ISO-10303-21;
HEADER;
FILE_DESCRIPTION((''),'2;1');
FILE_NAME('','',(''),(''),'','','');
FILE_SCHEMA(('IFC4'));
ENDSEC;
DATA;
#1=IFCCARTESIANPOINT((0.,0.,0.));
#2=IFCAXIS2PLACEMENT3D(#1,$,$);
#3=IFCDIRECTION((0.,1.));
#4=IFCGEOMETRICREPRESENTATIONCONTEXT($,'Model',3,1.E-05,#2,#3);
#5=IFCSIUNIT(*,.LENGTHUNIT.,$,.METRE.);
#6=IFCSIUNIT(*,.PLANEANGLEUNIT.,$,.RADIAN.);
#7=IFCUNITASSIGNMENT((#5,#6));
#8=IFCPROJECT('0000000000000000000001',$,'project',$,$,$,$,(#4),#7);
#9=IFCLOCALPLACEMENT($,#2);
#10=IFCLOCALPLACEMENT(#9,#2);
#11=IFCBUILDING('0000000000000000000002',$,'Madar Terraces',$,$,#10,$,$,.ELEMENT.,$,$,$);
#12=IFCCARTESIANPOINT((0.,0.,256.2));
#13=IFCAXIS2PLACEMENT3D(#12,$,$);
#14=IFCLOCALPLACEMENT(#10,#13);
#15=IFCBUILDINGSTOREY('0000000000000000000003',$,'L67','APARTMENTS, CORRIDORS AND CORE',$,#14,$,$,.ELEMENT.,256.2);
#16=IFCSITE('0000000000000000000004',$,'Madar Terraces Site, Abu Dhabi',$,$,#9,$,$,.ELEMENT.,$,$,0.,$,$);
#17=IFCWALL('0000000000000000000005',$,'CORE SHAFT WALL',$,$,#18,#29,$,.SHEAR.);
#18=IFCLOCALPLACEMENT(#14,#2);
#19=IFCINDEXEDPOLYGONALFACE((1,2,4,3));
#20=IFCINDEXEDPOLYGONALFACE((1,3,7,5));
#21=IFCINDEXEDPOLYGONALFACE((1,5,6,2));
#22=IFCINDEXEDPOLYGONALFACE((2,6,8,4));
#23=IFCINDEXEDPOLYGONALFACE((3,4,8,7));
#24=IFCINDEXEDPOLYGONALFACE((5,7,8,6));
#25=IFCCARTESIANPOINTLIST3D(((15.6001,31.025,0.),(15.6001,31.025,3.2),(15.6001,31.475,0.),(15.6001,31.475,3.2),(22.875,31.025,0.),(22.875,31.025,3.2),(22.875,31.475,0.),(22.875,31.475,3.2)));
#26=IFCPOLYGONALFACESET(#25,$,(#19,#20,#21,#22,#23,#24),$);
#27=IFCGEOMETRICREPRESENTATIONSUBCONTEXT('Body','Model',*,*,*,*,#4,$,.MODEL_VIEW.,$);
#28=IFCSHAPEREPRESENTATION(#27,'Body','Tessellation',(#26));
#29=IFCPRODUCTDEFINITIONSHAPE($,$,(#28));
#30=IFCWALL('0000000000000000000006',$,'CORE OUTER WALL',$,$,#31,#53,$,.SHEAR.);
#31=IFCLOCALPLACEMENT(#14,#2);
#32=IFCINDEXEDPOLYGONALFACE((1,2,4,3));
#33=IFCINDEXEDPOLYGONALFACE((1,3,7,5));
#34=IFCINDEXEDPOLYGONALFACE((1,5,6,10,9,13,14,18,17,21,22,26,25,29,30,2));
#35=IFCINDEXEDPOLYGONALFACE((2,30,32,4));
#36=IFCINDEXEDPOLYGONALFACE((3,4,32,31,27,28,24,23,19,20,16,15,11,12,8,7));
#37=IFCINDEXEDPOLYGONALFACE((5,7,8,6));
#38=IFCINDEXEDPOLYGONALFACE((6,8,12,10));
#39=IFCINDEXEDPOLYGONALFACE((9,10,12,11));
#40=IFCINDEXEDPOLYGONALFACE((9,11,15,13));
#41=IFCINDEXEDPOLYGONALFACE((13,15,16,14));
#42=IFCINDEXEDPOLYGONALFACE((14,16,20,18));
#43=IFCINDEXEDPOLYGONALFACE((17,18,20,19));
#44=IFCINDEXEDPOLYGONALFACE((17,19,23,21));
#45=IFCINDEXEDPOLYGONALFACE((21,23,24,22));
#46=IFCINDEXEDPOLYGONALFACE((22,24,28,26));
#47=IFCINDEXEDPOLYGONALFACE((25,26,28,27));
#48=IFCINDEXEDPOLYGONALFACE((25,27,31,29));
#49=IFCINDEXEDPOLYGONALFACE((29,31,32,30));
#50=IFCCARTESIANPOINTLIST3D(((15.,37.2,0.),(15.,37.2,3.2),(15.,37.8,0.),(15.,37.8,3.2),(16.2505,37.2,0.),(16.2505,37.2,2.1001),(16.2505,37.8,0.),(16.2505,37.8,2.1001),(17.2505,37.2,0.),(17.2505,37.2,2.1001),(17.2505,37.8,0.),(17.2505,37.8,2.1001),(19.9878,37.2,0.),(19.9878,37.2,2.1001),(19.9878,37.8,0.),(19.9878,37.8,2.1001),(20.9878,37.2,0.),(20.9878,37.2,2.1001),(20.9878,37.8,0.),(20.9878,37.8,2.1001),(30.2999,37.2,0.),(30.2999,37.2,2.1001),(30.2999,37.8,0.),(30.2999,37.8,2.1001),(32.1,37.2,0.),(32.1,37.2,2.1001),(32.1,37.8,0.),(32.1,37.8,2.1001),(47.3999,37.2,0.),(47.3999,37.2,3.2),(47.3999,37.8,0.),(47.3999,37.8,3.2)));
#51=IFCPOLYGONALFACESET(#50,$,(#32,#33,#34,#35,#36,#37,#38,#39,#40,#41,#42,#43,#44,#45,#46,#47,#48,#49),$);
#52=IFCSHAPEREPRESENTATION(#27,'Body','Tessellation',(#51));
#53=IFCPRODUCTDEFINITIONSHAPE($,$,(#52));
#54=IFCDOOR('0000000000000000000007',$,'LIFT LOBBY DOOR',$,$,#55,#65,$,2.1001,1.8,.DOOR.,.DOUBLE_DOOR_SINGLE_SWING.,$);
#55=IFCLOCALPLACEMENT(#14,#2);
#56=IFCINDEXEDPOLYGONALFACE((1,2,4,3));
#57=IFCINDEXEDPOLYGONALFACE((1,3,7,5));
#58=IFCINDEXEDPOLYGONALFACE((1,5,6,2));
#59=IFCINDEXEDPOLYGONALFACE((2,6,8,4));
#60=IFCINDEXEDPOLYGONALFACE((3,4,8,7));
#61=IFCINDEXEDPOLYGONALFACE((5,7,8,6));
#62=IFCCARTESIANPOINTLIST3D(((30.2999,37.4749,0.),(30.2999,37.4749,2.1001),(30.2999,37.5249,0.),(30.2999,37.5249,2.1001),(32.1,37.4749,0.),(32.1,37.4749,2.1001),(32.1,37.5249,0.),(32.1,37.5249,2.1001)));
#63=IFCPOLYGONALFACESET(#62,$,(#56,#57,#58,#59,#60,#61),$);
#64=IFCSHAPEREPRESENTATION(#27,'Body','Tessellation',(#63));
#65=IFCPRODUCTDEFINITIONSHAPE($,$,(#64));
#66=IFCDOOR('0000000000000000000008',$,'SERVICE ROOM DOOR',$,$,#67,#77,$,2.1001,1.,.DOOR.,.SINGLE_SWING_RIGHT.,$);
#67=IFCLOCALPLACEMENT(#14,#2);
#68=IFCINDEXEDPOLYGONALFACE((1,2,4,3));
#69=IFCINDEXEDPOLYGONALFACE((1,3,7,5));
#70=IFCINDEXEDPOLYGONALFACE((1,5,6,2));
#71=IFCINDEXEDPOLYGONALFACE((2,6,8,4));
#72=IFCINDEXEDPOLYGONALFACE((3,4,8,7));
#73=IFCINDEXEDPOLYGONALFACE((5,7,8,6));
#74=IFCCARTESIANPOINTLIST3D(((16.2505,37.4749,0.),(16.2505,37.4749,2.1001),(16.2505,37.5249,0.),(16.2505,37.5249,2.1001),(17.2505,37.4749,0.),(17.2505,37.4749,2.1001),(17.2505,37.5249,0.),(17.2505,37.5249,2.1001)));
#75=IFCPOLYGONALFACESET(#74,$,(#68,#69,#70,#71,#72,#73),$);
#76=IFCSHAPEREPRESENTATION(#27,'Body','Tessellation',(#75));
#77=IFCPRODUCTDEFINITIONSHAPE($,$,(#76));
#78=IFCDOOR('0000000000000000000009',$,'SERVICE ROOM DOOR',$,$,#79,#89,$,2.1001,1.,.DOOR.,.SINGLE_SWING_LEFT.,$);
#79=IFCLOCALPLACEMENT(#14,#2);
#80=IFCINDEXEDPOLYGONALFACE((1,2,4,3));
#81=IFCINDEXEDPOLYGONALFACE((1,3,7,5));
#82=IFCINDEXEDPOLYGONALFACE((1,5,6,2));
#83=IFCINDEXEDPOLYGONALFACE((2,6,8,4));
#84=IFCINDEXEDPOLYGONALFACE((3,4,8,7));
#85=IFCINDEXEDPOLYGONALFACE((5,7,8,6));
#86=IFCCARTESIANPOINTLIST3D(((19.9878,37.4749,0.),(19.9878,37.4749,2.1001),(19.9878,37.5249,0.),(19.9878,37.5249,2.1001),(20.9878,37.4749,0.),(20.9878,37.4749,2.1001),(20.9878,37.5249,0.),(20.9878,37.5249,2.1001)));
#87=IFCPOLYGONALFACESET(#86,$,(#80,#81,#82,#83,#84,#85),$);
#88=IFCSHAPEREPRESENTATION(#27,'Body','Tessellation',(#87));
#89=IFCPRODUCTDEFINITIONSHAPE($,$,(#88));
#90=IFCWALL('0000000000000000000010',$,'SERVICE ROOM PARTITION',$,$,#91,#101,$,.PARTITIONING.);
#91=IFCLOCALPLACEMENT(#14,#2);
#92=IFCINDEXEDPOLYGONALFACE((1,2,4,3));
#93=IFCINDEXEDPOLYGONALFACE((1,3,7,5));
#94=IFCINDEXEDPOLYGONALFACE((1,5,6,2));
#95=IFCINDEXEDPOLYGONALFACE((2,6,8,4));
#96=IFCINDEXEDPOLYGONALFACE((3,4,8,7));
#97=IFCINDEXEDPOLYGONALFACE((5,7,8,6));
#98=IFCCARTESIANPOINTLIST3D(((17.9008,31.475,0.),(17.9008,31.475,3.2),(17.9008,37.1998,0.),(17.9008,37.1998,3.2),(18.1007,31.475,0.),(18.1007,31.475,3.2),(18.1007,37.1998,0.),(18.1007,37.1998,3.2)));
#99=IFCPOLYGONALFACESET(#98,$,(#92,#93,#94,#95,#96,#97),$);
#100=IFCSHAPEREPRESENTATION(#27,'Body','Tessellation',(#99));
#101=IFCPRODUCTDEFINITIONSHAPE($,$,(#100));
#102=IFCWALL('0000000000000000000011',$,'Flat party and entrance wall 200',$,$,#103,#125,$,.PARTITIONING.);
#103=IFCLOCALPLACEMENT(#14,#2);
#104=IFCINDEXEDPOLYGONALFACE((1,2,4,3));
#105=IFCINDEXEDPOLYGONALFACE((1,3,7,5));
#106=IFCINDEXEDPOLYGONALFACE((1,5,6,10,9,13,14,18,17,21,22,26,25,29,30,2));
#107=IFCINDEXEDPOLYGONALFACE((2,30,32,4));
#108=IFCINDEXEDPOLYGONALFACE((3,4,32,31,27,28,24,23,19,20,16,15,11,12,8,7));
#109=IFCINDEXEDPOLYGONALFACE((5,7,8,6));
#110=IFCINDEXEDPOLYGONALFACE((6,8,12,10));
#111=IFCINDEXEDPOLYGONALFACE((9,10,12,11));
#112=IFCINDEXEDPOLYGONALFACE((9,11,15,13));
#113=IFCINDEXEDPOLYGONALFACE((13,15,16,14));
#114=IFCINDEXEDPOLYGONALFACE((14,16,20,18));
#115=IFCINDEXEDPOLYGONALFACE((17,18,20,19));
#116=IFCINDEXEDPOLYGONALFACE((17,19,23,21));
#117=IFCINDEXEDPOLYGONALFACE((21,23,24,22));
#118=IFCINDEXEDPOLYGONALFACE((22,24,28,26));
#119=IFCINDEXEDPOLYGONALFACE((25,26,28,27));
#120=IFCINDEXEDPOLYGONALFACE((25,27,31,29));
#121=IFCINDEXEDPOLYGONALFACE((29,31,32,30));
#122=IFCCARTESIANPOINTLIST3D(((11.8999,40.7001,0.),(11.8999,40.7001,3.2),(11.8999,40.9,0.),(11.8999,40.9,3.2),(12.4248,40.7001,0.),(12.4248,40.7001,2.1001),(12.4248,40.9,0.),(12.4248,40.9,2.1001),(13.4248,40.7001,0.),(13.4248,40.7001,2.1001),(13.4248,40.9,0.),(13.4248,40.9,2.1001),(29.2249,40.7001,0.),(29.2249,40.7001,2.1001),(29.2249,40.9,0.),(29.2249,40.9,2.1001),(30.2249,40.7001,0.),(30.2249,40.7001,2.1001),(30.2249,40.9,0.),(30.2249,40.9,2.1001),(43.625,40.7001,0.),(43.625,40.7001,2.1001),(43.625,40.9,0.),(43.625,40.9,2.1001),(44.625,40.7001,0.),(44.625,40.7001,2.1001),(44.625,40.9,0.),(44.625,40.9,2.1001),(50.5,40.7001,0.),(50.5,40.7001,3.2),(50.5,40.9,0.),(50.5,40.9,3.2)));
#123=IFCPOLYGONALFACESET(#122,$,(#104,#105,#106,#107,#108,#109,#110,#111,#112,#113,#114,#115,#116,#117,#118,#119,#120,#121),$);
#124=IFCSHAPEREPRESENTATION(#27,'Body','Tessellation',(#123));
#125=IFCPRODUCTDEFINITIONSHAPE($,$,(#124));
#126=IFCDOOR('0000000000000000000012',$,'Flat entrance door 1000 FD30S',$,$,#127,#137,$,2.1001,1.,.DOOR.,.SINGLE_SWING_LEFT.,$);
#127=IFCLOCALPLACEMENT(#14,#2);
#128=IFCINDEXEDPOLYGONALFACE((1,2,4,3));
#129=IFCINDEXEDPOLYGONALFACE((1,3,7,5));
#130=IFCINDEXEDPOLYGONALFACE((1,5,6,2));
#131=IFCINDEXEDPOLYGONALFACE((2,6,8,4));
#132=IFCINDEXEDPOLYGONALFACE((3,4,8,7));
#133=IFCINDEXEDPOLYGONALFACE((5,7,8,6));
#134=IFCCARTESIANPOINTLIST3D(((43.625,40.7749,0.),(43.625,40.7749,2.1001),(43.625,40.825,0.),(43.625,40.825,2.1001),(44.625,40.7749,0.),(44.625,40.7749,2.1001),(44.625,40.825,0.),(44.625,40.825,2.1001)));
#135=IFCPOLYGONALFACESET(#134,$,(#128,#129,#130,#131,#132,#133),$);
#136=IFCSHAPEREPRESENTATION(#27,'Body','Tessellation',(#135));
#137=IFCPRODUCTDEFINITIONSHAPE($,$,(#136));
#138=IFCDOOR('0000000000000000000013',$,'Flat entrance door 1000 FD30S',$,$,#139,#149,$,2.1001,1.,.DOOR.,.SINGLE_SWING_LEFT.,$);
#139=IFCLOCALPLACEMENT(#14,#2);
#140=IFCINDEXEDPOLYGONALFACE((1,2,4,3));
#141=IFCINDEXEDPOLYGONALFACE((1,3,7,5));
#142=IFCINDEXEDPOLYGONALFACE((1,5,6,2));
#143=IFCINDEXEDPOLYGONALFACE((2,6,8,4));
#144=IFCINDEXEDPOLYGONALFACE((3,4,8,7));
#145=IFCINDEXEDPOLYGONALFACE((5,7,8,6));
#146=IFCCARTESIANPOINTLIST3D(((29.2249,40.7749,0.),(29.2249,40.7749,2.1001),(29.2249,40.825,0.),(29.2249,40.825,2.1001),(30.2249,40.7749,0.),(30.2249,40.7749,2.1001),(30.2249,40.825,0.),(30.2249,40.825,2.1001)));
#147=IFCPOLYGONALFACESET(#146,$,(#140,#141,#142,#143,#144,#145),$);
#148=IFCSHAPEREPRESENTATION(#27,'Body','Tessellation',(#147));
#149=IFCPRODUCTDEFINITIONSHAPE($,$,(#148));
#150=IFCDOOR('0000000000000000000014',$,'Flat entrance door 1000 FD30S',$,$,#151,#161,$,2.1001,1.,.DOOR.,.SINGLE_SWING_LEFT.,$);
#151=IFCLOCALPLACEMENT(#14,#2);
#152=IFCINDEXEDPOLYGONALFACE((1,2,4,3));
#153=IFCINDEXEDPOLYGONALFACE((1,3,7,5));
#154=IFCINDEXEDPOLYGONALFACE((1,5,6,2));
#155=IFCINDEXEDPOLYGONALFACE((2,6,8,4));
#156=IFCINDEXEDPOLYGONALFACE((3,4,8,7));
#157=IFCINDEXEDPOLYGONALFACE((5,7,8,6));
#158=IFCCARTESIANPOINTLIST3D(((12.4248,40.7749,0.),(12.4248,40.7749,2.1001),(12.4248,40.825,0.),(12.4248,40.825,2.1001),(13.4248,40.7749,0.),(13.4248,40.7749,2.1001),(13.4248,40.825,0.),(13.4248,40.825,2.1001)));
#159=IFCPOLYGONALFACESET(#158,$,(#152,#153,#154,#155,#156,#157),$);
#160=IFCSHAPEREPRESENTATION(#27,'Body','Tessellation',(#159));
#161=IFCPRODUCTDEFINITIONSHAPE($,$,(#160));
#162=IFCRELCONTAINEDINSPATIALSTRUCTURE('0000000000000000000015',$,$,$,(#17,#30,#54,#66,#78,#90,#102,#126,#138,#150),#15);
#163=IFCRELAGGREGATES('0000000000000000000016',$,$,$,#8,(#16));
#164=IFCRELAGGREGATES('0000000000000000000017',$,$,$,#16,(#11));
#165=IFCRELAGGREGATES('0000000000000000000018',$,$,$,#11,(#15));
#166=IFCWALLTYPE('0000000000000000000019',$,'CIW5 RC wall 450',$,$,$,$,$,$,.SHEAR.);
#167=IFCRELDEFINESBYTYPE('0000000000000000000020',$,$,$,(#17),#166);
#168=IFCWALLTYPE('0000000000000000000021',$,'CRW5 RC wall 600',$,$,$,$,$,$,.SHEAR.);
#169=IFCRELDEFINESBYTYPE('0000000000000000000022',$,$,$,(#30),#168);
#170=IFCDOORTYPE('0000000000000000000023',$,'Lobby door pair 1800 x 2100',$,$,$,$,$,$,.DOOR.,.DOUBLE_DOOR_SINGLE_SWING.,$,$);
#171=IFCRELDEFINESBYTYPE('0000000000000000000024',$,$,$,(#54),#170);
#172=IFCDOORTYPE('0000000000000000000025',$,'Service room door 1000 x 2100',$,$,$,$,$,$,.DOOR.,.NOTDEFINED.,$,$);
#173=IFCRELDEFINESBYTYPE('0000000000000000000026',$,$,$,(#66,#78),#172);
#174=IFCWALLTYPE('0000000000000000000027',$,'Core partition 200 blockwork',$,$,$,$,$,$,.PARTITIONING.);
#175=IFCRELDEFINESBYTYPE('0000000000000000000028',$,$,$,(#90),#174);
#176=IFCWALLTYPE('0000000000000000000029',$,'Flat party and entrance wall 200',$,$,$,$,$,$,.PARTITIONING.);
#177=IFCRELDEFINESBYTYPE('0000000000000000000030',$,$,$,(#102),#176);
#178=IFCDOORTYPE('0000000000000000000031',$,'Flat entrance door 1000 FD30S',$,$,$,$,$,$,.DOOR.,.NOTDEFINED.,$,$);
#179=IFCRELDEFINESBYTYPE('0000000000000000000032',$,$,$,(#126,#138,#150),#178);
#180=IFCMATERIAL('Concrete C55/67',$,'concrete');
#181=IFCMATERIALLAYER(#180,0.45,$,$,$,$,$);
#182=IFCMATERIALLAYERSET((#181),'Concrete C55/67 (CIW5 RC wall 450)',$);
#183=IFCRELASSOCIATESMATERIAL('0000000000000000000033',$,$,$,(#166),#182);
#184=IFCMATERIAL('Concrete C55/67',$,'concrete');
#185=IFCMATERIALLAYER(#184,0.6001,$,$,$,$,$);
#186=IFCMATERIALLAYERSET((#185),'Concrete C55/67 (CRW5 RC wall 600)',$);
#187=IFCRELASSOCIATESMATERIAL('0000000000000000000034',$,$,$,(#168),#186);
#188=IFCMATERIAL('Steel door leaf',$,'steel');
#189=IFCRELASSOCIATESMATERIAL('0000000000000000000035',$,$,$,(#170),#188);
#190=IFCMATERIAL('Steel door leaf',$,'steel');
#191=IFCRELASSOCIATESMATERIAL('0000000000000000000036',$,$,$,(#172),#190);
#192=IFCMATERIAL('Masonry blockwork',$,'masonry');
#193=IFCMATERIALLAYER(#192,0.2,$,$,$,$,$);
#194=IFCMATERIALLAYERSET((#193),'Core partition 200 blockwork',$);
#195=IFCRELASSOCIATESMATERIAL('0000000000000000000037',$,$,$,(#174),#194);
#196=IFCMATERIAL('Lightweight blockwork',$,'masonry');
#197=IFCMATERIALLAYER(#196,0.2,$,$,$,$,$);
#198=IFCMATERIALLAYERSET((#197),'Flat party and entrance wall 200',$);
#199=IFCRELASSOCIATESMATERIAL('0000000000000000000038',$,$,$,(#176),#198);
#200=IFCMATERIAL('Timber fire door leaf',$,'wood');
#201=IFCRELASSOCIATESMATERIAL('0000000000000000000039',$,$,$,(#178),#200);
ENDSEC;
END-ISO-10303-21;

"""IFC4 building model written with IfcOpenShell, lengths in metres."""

from ifc_helpers import new_model, si_unit, direction, frame, frame_2d, origin, place, context, subcontext, project, spatial, rectangle, extrude, material, layer, layer_set, type_object, element, fill, save


model = new_model("IFC4")

# Units and contexts
model_context = context("Model", 3, precision=1e-05, world=origin(), true_north=direction((0.0, 1.0)))
body_context = subcontext(model_context, "Body", "Model", "MODEL_VIEW")
ifc_project = project(units=[si_unit("LENGTHUNIT", "METRE"), si_unit("PLANEANGLEUNIT", "RADIAN")], contexts=[model_context])

# Site, building, storey
site_placement = place(None, origin())
site = spatial("IfcSite", under=ifc_project, at=site_placement, Name="Madar Terraces Site, Abu Dhabi", CompositionType="ELEMENT", RefElevation=0.0)
building_placement = place(site_placement, origin())
building = spatial("IfcBuilding", under=site, at=building_placement, Name="Madar Terraces", CompositionType="ELEMENT")
storey_placement = place(building_placement, frame((0.0, 0.0, 256.2)))
storey = spatial("IfcBuildingStorey", under=building, at=storey_placement, Name="L67", Description="APARTMENTS, CORRIDORS AND CORE", CompositionType="ELEMENT", Elevation=256.2)

# Wall
ifc_material_1 = material(Name="Concrete C55/67", Category="concrete")
ifc_layer_1 = layer(ifc_material_1, 0.45)
ifc_layer_set_1 = layer_set([ifc_layer_1], Name="Concrete C55/67 (CIW5 RC wall 450)")
wall_type_1 = type_object("IfcWallType", Name="CIW5 RC wall 450", PredefinedType="SHEAR", material=ifc_layer_set_1)
wall_1_placement = place(storey_placement, frame((15.6001, 31.25, 0.0), z_axis=(0.0, 0.0, 1.0), x_axis=(1.0, 0.0, 0.0)))
element("IfcWall", 1, at=wall_1_placement, inside=storey, type_object=wall_type_1, Name="CORE SHAFT WALL", PredefinedType="SHEAR", context=body_context, shape_type="SweptSolid", body=[
    extrude(rectangle(XDim=7.2749, YDim=0.45, at=frame_2d((3.6375, 0.0))), origin(), (0.0, 0.0, 1.0), 3.2),
])

# Wall, openings, doors
ifc_material_2 = material(Name="Concrete C55/67", Category="concrete")
ifc_layer_2 = layer(ifc_material_2, 0.6001)
ifc_layer_set_2 = layer_set([ifc_layer_2], Name="Concrete C55/67 (CRW5 RC wall 600)")
wall_type_2 = type_object("IfcWallType", Name="CRW5 RC wall 600", PredefinedType="SHEAR", material=ifc_layer_set_2)
wall_2_placement = place(storey_placement, frame((15.0, 37.5, 0.0), z_axis=(0.0, 0.0, 1.0), x_axis=(1.0, 0.0, 0.0)))
wall_2 = element("IfcWall", 2, at=wall_2_placement, inside=storey, type_object=wall_type_2, Name="CORE OUTER WALL", PredefinedType="SHEAR", context=body_context, shape_type="SweptSolid", body=[
    extrude(rectangle(XDim=32.3999, YDim=0.6001, at=frame_2d((16.2, 0.0))), origin(), (0.0, 0.0, 1.0), 3.2),
])
opening_1_placement = place(wall_2_placement, frame((15.3, 0.0, 0.0)))
opening_1 = element("IfcOpeningElement", 3, at=opening_1_placement, cuts=wall_2, PredefinedType="OPENING", context=body_context, shape_type="SweptSolid", body=[
    extrude(rectangle(XDim=1.8, YDim=2.1001, at=frame_2d((0.8999, 1.05))), frame((0.0, 0.3101, 0.0), z_axis=(0.0, -1.0, 0.0), x_axis=(1.0, 0.0, 0.0)), (0.0, 0.0, 1.0), 0.6201),
])
opening_2_placement = place(wall_2_placement, frame((1.2505, 0.0, 0.0)))
opening_2 = element("IfcOpeningElement", 4, at=opening_2_placement, cuts=wall_2, PredefinedType="OPENING", context=body_context, shape_type="SweptSolid", body=[
    extrude(rectangle(XDim=1.0, YDim=2.1001, at=frame_2d((0.5, 1.05))), frame((0.0, 0.3101, 0.0), z_axis=(0.0, -1.0, 0.0), x_axis=(1.0, 0.0, 0.0)), (0.0, 0.0, 1.0), 0.6201),
])
opening_3_placement = place(wall_2_placement, frame((4.9878, 0.0, 0.0)))
opening_3 = element("IfcOpeningElement", 5, at=opening_3_placement, cuts=wall_2, PredefinedType="OPENING", context=body_context, shape_type="SweptSolid", body=[
    extrude(rectangle(XDim=1.0, YDim=2.1001, at=frame_2d((0.5, 1.05))), frame((0.0, 0.3101, 0.0), z_axis=(0.0, -1.0, 0.0), x_axis=(1.0, 0.0, 0.0)), (0.0, 0.0, 1.0), 0.6201),
])
ifc_material_3 = material(Name="Steel door leaf", Category="steel")
door_type_1 = type_object("IfcDoorType", Name="Lobby door pair 1800 x 2100", OperationType="DOUBLE_DOOR_SINGLE_SWING", PredefinedType="DOOR", material=ifc_material_3)
door_1_placement = place(opening_1_placement, origin())
door_1 = element("IfcDoor", 6, at=door_1_placement, inside=storey, type_object=door_type_1, Name="LIFT LOBBY DOOR", OperationType="DOUBLE_DOOR_SINGLE_SWING", OverallHeight=2.1001, OverallWidth=1.8, PredefinedType="DOOR", context=body_context, shape_type="SweptSolid", body=[
    extrude(rectangle(XDim=1.8, YDim=2.1001, at=frame_2d((0.8999, 1.05))), frame((0.0, 0.0249, 0.0), z_axis=(0.0, -1.0, 0.0), x_axis=(1.0, 0.0, 0.0)), (0.0, 0.0, 1.0), 0.05),
])
fill(opening_1, door_1)
ifc_material_4 = material(Name="Steel door leaf", Category="steel")
door_type_2 = type_object("IfcDoorType", Name="Service room door 1000 x 2100", OperationType="NOTDEFINED", PredefinedType="DOOR", material=ifc_material_4)
door_2_placement = place(opening_2_placement, origin())
door_2 = element("IfcDoor", 7, at=door_2_placement, inside=storey, type_object=door_type_2, Name="SERVICE ROOM DOOR", OperationType="SINGLE_SWING_RIGHT", OverallHeight=2.1001, OverallWidth=1.0, PredefinedType="DOOR", context=body_context, shape_type="SweptSolid", body=[
    extrude(rectangle(XDim=1.0, YDim=2.1001, at=frame_2d((0.5, 1.05))), frame((0.0, 0.0249, 0.0), z_axis=(0.0, -1.0, 0.0), x_axis=(1.0, 0.0, 0.0)), (0.0, 0.0, 1.0), 0.05),
])
fill(opening_2, door_2)
door_3_placement = place(opening_3_placement, origin())
door_3 = element("IfcDoor", 8, at=door_3_placement, inside=storey, type_object=door_type_2, Name="SERVICE ROOM DOOR", OperationType="SINGLE_SWING_LEFT", OverallHeight=2.1001, OverallWidth=1.0, PredefinedType="DOOR", context=body_context, shape_type="SweptSolid", body=[
    extrude(rectangle(XDim=1.0, YDim=2.1001, at=frame_2d((0.5, 1.05))), frame((0.0, 0.0249, 0.0), z_axis=(0.0, -1.0, 0.0), x_axis=(1.0, 0.0, 0.0)), (0.0, 0.0, 1.0), 0.05),
])
fill(opening_3, door_3)

# Wall
ifc_material_5 = material(Name="Masonry blockwork", Category="masonry")
ifc_layer_3 = layer(ifc_material_5, 0.2)
ifc_layer_set_3 = layer_set([ifc_layer_3], Name="Core partition 200 blockwork")
wall_type_3 = type_object("IfcWallType", Name="Core partition 200 blockwork", PredefinedType="PARTITIONING", material=ifc_layer_set_3)
wall_3_placement = place(storey_placement, frame((18.0007, 31.4751, 0.0), z_axis=(0.0, 0.0, 1.0), x_axis=(0.0, 1.0, 0.0)))
element("IfcWall", 9, at=wall_3_placement, inside=storey, type_object=wall_type_3, Name="SERVICE ROOM PARTITION", PredefinedType="PARTITIONING", context=body_context, shape_type="SweptSolid", body=[
    extrude(rectangle(XDim=5.7249, YDim=0.2, at=frame_2d((2.8623, 0.0))), origin(), (0.0, 0.0, 1.0), 3.2),
])

# Wall, openings, doors
ifc_material_6 = material(Name="Lightweight blockwork", Category="masonry")
ifc_layer_4 = layer(ifc_material_6, 0.2)
ifc_layer_set_4 = layer_set([ifc_layer_4], Name="Flat party and entrance wall 200")
wall_type_4 = type_object("IfcWallType", Name="Flat party and entrance wall 200", PredefinedType="PARTITIONING", material=ifc_layer_set_4)
wall_4_placement = place(storey_placement, frame((11.8999, 40.8, 0.0), z_axis=(0.0, 0.0, 1.0), x_axis=(1.0, 0.0, 0.0)))
wall_4 = element("IfcWall", 10, at=wall_4_placement, inside=storey, type_object=wall_type_4, Name="Flat party and entrance wall 200", PredefinedType="PARTITIONING", context=body_context, shape_type="SweptSolid", body=[
    extrude(rectangle(XDim=38.6001, YDim=0.2, at=frame_2d((19.3, 0.0))), origin(), (0.0, 0.0, 1.0), 3.2),
])
opening_4_placement = place(wall_4_placement, frame((31.7251, 0.0, 0.0)))
opening_4 = element("IfcOpeningElement", 11, at=opening_4_placement, cuts=wall_4, PredefinedType="OPENING", context=body_context, shape_type="SweptSolid", body=[
    extrude(rectangle(XDim=1.0, YDim=2.1001, at=frame_2d((0.5, 1.05))), frame((0.0, 0.1099, 0.0), z_axis=(0.0, -1.0, 0.0), x_axis=(1.0, 0.0, 0.0)), (0.0, 0.0, 1.0), 0.22),
])
opening_5_placement = place(wall_4_placement, frame((17.325, 0.0, 0.0)))
opening_5 = element("IfcOpeningElement", 12, at=opening_5_placement, cuts=wall_4, PredefinedType="OPENING", context=body_context, shape_type="SweptSolid", body=[
    extrude(rectangle(XDim=1.0, YDim=2.1001, at=frame_2d((0.5, 1.05))), frame((0.0, 0.1099, 0.0), z_axis=(0.0, -1.0, 0.0), x_axis=(1.0, 0.0, 0.0)), (0.0, 0.0, 1.0), 0.22),
])
opening_6_placement = place(wall_4_placement, frame((0.5249, 0.0, 0.0)))
opening_6 = element("IfcOpeningElement", 13, at=opening_6_placement, cuts=wall_4, PredefinedType="OPENING", context=body_context, shape_type="SweptSolid", body=[
    extrude(rectangle(XDim=1.0, YDim=2.1001, at=frame_2d((0.5, 1.05))), frame((0.0, 0.1099, 0.0), z_axis=(0.0, -1.0, 0.0), x_axis=(1.0, 0.0, 0.0)), (0.0, 0.0, 1.0), 0.22),
])
ifc_material_7 = material(Name="Timber fire door leaf", Category="wood")
door_type_3 = type_object("IfcDoorType", Name="Flat entrance door 1000 FD30S", OperationType="NOTDEFINED", PredefinedType="DOOR", material=ifc_material_7)
door_4_placement = place(opening_4_placement, origin())
door_4 = element("IfcDoor", 14, at=door_4_placement, inside=storey, type_object=door_type_3, Name="Flat entrance door 1000 FD30S", OperationType="SINGLE_SWING_LEFT", OverallHeight=2.1001, OverallWidth=1.0, PredefinedType="DOOR", context=body_context, shape_type="SweptSolid", body=[
    extrude(rectangle(XDim=1.0, YDim=2.1001, at=frame_2d((0.5, 1.05))), frame((0.0, 0.0249, 0.0), z_axis=(0.0, -1.0, 0.0), x_axis=(1.0, 0.0, 0.0)), (0.0, 0.0, 1.0), 0.05),
])
fill(opening_4, door_4)
door_5_placement = place(opening_5_placement, origin())
door_5 = element("IfcDoor", 15, at=door_5_placement, inside=storey, type_object=door_type_3, Name="Flat entrance door 1000 FD30S", OperationType="SINGLE_SWING_LEFT", OverallHeight=2.1001, OverallWidth=1.0, PredefinedType="DOOR", context=body_context, shape_type="SweptSolid", body=[
    extrude(rectangle(XDim=1.0, YDim=2.1001, at=frame_2d((0.5, 1.05))), frame((0.0, 0.0249, 0.0), z_axis=(0.0, -1.0, 0.0), x_axis=(1.0, 0.0, 0.0)), (0.0, 0.0, 1.0), 0.05),
])
fill(opening_5, door_5)
door_6_placement = place(opening_6_placement, origin())
door_6 = element("IfcDoor", 16, at=door_6_placement, inside=storey, type_object=door_type_3, Name="Flat entrance door 1000 FD30S", OperationType="SINGLE_SWING_LEFT", OverallHeight=2.1001, OverallWidth=1.0, PredefinedType="DOOR", context=body_context, shape_type="SweptSolid", body=[
    extrude(rectangle(XDim=1.0, YDim=2.1001, at=frame_2d((0.5, 1.05))), frame((0.0, 0.0249, 0.0), z_axis=(0.0, -1.0, 0.0), x_axis=(1.0, 0.0, 0.0)), (0.0, 0.0, 1.0), 0.05),
])
fill(opening_6, door_6)

save(model, "model.ifc")
